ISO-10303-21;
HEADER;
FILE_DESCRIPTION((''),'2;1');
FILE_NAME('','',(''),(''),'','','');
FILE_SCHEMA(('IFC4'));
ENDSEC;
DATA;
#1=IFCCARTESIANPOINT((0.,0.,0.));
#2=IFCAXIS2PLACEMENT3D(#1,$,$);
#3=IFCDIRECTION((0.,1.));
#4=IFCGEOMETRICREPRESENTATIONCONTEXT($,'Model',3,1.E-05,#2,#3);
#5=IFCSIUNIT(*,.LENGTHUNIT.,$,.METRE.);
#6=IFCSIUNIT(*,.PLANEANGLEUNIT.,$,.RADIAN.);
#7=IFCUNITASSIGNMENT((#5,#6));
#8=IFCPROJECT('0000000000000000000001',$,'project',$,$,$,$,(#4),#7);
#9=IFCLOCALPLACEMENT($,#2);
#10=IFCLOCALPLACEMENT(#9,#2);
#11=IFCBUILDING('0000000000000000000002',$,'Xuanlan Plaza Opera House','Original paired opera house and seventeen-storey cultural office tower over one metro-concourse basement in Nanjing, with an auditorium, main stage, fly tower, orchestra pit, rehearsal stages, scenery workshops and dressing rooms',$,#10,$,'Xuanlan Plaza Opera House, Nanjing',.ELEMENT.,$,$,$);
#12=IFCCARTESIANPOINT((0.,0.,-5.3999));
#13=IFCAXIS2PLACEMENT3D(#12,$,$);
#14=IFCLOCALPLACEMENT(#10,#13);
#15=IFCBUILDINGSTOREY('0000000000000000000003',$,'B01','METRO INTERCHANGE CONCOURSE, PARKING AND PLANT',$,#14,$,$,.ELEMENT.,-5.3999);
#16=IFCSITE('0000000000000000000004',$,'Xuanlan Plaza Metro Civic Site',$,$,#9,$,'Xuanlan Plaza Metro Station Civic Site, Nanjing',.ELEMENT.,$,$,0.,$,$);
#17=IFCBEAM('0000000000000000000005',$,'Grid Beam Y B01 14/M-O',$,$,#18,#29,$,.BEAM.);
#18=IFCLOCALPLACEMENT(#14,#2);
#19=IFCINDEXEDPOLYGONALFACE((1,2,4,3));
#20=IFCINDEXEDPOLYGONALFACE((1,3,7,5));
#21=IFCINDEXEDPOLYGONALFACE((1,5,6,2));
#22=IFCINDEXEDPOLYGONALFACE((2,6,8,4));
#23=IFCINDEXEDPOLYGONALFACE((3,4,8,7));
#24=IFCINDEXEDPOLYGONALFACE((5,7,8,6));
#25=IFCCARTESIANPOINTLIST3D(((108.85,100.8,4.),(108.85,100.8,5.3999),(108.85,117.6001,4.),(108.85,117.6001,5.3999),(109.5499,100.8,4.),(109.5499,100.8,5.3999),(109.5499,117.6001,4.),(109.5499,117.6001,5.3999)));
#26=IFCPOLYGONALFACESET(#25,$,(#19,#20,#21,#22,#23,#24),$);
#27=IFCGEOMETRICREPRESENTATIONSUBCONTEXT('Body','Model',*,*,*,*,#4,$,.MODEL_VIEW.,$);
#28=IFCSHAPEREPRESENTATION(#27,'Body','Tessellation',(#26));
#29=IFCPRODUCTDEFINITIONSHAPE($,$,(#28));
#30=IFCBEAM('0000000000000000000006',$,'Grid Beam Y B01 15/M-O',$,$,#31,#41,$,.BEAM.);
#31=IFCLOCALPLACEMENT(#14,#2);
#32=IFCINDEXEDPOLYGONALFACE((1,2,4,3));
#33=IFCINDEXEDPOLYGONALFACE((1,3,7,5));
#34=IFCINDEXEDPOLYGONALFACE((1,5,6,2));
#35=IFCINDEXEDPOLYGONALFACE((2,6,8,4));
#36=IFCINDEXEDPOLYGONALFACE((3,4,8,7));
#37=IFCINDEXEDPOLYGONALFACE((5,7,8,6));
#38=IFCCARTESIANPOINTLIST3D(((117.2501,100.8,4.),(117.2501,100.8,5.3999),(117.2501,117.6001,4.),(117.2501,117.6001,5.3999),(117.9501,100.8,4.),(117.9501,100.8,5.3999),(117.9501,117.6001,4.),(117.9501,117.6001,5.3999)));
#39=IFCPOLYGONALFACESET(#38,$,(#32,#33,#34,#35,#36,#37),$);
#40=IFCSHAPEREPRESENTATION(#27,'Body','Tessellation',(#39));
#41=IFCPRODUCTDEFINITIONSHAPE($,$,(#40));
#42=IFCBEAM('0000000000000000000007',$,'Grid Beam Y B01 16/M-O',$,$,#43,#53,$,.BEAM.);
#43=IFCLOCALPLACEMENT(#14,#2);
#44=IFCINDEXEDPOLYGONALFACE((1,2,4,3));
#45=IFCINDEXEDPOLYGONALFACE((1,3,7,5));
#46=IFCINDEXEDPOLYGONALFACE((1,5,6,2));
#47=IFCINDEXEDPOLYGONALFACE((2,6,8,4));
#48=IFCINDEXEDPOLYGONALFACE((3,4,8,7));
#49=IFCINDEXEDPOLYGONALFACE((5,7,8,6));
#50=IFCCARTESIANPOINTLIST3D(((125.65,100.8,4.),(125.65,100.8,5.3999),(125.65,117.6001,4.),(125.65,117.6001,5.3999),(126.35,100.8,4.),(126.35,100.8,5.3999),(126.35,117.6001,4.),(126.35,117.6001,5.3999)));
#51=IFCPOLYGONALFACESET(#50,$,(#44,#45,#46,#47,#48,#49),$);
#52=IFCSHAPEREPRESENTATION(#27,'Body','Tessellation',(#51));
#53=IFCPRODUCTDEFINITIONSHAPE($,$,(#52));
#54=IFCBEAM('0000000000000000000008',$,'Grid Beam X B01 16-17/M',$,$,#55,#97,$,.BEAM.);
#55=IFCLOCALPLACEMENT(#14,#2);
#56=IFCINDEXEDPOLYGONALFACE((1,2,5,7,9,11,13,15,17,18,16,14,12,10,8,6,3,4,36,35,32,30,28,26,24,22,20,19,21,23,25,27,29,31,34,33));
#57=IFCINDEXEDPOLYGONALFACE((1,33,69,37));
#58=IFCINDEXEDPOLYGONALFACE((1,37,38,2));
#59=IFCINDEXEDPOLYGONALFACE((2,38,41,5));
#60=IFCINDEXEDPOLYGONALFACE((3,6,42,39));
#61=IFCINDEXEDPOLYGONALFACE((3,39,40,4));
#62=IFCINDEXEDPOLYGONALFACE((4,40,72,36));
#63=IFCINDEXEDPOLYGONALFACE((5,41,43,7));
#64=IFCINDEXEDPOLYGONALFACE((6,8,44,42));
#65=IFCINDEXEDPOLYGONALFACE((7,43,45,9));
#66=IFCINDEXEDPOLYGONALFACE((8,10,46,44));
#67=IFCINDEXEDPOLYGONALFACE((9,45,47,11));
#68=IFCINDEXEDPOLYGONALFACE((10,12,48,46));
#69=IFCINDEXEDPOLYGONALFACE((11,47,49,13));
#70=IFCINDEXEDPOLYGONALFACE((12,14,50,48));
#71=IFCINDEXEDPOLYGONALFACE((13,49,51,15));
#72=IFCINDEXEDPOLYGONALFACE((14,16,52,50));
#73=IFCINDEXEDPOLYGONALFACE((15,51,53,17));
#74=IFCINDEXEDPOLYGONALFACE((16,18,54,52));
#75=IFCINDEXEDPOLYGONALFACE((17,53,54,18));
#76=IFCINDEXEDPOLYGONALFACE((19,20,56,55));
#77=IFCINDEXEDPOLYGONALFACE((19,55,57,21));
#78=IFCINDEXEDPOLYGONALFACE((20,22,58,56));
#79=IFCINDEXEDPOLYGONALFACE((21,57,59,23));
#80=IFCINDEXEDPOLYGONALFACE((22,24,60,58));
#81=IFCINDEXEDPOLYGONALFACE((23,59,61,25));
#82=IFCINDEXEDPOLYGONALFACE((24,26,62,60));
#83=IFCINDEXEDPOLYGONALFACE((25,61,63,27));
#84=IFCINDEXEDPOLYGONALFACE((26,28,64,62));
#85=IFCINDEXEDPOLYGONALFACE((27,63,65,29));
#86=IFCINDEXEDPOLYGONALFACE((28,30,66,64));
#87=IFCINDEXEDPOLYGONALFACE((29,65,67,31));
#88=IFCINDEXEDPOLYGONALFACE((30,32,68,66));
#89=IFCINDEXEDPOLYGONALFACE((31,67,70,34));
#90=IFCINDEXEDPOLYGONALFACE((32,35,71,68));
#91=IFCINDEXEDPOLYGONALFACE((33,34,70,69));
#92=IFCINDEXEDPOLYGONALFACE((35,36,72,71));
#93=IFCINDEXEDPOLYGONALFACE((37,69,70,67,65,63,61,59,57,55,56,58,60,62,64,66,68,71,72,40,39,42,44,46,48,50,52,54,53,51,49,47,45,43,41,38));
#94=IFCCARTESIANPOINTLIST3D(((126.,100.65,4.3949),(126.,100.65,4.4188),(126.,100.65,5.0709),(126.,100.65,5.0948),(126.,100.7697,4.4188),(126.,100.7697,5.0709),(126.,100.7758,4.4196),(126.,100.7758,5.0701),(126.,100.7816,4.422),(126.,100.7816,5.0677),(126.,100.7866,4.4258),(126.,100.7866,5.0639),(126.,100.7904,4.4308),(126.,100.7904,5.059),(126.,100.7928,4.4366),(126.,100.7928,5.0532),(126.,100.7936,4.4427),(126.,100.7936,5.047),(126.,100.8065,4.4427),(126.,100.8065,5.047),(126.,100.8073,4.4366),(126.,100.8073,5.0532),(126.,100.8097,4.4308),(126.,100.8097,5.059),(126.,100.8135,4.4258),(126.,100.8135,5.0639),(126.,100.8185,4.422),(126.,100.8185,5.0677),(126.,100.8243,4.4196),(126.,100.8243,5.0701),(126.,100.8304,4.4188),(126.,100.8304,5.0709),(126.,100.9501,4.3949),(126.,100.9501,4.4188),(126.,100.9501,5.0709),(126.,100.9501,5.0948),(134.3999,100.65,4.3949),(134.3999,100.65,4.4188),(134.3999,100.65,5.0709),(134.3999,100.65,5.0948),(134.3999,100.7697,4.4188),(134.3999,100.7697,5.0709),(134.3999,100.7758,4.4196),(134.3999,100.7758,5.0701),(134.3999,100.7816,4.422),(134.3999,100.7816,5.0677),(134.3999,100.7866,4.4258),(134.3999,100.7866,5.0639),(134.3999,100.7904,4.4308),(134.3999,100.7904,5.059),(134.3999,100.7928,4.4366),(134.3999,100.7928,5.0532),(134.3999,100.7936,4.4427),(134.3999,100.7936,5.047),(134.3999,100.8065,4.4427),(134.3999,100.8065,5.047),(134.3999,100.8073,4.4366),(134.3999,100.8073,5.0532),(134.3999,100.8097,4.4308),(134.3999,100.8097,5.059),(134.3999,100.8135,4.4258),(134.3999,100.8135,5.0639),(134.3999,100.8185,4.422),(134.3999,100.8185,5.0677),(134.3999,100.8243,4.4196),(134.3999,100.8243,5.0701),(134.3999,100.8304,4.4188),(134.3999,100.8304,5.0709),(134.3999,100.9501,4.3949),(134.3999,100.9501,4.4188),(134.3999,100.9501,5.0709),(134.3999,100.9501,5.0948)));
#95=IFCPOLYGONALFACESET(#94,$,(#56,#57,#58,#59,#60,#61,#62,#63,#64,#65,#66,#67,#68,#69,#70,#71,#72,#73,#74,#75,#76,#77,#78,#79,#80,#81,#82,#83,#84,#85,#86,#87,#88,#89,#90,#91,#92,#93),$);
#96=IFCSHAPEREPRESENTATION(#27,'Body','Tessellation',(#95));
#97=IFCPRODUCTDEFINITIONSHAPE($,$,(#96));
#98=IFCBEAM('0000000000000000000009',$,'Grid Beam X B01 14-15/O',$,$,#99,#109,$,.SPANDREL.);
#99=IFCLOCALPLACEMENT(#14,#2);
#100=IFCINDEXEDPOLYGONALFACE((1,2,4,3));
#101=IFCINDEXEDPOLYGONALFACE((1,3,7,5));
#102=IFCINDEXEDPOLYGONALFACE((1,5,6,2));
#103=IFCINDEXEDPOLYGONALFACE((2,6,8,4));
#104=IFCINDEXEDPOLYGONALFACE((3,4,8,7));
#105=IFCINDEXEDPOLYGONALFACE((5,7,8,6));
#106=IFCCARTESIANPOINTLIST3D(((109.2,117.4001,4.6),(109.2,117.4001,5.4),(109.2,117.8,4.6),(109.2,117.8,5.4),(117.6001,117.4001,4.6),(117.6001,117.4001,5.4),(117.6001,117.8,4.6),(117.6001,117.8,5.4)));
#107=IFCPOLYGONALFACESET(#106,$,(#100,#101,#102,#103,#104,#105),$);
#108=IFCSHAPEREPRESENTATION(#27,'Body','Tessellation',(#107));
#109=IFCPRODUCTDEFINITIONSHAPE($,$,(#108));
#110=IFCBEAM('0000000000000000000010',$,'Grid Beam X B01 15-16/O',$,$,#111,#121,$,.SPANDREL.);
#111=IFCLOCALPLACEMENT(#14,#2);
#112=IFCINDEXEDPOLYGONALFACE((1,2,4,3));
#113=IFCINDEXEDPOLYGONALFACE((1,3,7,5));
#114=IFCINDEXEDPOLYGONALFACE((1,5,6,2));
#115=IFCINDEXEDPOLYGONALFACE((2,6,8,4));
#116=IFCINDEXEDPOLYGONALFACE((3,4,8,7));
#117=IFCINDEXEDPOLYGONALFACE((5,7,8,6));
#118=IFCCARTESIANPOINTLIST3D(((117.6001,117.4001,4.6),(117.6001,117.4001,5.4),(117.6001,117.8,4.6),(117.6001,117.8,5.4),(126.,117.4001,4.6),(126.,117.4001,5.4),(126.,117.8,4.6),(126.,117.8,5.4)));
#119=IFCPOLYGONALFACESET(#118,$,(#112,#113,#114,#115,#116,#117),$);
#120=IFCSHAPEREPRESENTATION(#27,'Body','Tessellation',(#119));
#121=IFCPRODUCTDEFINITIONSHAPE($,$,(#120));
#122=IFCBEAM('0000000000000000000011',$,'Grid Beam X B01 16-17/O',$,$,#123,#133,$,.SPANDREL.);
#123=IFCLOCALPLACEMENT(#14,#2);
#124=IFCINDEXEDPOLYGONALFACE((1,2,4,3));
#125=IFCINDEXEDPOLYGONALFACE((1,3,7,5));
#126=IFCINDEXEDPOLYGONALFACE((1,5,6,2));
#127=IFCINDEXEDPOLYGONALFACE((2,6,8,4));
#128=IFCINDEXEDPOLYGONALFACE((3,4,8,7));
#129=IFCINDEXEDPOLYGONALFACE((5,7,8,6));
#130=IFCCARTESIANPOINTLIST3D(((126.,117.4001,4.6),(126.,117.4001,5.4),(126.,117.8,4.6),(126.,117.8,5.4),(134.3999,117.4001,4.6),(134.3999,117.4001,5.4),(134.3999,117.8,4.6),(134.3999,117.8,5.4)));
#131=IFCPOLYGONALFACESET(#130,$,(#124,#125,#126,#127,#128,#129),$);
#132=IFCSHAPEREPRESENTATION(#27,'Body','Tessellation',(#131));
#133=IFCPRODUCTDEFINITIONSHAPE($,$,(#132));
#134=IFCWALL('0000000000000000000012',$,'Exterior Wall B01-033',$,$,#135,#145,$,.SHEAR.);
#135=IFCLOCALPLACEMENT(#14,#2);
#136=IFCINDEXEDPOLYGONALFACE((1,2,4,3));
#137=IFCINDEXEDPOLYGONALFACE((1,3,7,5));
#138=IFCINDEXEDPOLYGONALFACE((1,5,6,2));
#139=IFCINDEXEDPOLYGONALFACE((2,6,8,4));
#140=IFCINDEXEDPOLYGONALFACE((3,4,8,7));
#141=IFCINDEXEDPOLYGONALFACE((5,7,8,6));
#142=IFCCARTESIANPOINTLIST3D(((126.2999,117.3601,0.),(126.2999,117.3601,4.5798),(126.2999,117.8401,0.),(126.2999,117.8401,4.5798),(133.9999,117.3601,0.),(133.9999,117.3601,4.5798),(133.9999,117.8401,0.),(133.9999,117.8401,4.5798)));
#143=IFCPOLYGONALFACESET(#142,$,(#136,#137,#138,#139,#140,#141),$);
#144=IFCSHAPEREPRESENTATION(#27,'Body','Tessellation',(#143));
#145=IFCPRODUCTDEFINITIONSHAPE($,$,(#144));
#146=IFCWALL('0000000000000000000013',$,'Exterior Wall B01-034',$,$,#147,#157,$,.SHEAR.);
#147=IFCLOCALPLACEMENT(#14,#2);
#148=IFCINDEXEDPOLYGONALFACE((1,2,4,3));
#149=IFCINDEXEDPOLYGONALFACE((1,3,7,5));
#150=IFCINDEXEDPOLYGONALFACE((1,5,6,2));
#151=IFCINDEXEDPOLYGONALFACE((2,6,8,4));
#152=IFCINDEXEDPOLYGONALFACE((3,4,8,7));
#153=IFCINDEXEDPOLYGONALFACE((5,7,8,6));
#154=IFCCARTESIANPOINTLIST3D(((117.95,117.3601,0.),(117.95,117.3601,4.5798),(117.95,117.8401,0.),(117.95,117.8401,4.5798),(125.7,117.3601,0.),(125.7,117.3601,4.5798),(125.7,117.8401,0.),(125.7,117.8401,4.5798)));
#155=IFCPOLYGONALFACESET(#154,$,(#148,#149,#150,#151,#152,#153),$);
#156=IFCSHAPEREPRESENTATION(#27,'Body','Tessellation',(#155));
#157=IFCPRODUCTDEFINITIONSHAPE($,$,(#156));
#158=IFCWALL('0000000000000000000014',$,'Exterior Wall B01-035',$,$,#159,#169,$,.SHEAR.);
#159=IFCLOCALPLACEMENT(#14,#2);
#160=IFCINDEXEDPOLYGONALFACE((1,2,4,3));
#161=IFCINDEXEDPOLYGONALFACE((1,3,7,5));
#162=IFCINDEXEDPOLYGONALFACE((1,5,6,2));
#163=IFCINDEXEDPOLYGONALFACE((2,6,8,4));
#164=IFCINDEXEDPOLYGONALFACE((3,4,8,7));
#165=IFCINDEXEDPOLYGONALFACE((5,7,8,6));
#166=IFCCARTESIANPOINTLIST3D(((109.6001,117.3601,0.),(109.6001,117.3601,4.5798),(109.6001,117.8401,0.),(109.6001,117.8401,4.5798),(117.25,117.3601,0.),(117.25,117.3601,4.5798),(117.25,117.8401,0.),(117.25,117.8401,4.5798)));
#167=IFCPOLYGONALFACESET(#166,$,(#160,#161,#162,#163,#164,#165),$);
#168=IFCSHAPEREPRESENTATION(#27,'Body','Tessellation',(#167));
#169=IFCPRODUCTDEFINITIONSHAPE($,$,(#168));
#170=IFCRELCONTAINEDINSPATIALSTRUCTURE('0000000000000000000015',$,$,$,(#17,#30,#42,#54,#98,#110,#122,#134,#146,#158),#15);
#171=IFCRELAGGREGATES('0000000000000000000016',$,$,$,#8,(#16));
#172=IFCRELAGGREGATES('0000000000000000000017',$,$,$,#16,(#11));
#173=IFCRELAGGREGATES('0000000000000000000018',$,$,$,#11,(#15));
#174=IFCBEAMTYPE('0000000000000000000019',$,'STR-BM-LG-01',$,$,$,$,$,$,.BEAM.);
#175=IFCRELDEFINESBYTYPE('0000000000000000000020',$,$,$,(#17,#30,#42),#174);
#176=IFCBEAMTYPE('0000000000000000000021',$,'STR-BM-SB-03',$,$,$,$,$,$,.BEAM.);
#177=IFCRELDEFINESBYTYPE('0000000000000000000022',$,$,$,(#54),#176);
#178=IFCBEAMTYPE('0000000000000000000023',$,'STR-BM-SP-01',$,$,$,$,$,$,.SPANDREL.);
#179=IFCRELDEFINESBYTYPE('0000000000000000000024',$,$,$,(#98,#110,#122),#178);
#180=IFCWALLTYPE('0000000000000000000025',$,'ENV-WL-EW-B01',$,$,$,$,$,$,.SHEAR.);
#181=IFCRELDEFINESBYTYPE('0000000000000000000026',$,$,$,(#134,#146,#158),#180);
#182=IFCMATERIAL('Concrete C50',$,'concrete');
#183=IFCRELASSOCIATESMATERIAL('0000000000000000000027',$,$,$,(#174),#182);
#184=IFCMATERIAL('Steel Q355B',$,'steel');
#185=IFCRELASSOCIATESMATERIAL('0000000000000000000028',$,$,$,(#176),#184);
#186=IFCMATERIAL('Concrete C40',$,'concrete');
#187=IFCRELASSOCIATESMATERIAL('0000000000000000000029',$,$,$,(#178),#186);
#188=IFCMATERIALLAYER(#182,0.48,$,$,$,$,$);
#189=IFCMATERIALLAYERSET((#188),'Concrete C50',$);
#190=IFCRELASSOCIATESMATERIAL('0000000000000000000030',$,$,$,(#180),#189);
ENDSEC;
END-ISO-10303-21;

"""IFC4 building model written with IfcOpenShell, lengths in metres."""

from ifc_helpers import new_model, si_unit, direction, frame, frame_2d, origin, origin_2d, place, context, subcontext, project, spatial, rectangle, i_section, extrude, material, layer, layer_set, material_profile, profile_set, type_object, element, save


model = new_model("IFC4")

# Units and contexts
model_context = context("Model", 3, precision=1e-05, world=origin(), true_north=direction((0.0, 1.0)))
body_context = subcontext(model_context, "Body", "Model", "MODEL_VIEW")
ifc_project = project(units=[si_unit("LENGTHUNIT", "METRE"), si_unit("PLANEANGLEUNIT", "RADIAN")], contexts=[model_context])

# Site, building, storey
site_placement = place(None, origin())
site = spatial("IfcSite", under=ifc_project, at=site_placement, Name="Xuanlan Plaza Metro Civic Site", LongName="Xuanlan Plaza Metro Station Civic Site, Nanjing", CompositionType="ELEMENT", RefElevation=0.0)
building_placement = place(site_placement, origin())
building = spatial("IfcBuilding", under=site, at=building_placement, Name="Xuanlan Plaza Opera House", Description="Original paired opera house and seventeen-storey cultural office tower over one metro-concourse basement in Nanjing, with an auditorium, main stage, fly tower, orchestra pit, rehearsal stages, scenery workshops and dressing rooms", LongName="Xuanlan Plaza Opera House, Nanjing", CompositionType="ELEMENT")
storey_placement = place(building_placement, frame((0.0, 0.0, -5.3999)))
storey = spatial("IfcBuildingStorey", under=building, at=storey_placement, Name="B01", Description="METRO INTERCHANGE CONCOURSE, PARKING AND PLANT", CompositionType="ELEMENT", Elevation=-5.3999)

# Shared definitions
ifc_material_1 = material(Name="Concrete C40", Category="concrete")
ifc_material_2 = material(Name="Concrete C50", Category="concrete")

# Beams
ifc_material_profile_1 = material_profile(ifc_material_2, rectangle(XDim=0.7, YDim=1.3999, at=origin_2d()), Name="RC-LG 700x1400")
ifc_profile_set_1 = profile_set([ifc_material_profile_1], Name="Concrete C50")
beam_type_1 = type_object("IfcBeamType", Name="STR-BM-LG-01", PredefinedType="BEAM", material=ifc_profile_set_1)
for number, where, z_axis, x_axis, name in (
    (1, (109.2, 100.8, 4.7), (0.0, 1.0, 0.0), (-1.0, 0.0, 0.0), "Grid Beam Y B01 14/M-O"),
    (2, (117.6001, 100.8, 4.7), (0.0, 1.0, 0.0), (-1.0, 0.0, 0.0), "Grid Beam Y B01 15/M-O"),
    (3, (126.0, 100.8, 4.7), (0.0, 1.0, 0.0), (-1.0, 0.0, 0.0), "Grid Beam Y B01 16/M-O"),
):
    element("IfcBeam", number, at=place(storey_placement, frame(where, z_axis=z_axis, x_axis=x_axis)), inside=storey, type_object=beam_type_1, Name=name, PredefinedType="BEAM", context=body_context, shape_type="SweptSolid", body=[
        extrude(rectangle(XDim=0.7, YDim=1.3999, at=origin_2d()), origin(), (0.0, 0.0, 1.0), 16.8),
    ])
ifc_material_3 = material(Name="Steel Q355B", Category="steel")
ifc_material_profile_2 = material_profile(ifc_material_3, i_section(OverallWidth=0.3, OverallDepth=0.7, WebThickness=0.0129, FlangeThickness=0.0239, FilletRadius=0.0239, at=origin_2d()), Name="HN 700x300x13x24")
ifc_profile_set_2 = profile_set([ifc_material_profile_2], Name="Steel Q355B")
beam_type_2 = type_object("IfcBeamType", Name="STR-BM-SB-03", PredefinedType="BEAM", material=ifc_profile_set_2)
beam_1_placement = place(storey_placement, frame((126.0, 100.8, 4.7449), z_axis=(1.0, 0.0, 0.0), x_axis=(0.0, 1.0, 0.0)))
element("IfcBeam", 4, at=beam_1_placement, inside=storey, type_object=beam_type_2, Name="Grid Beam X B01 16-17/M", PredefinedType="BEAM", context=body_context, shape_type="SweptSolid", body=[
    extrude(i_section(OverallWidth=0.3, OverallDepth=0.7, WebThickness=0.0129, FlangeThickness=0.0239, FilletRadius=0.0239, at=origin_2d()), origin(), (0.0, 0.0, 1.0), 8.3999),
])
ifc_material_profile_3 = material_profile(ifc_material_1, rectangle(XDim=0.3999, YDim=0.8, at=origin_2d()), Name="RC-SPD 400x800")
ifc_profile_set_3 = profile_set([ifc_material_profile_3], Name="Concrete C40")
beam_type_3 = type_object("IfcBeamType", Name="STR-BM-SP-01", PredefinedType="SPANDREL", material=ifc_profile_set_3)
beam_2_placement = place(storey_placement, frame((109.2, 117.6001, 5.0), z_axis=(1.0, 0.0, 0.0), x_axis=(0.0, 1.0, 0.0)))
element("IfcBeam", 5, at=beam_2_placement, inside=storey, type_object=beam_type_3, Name="Grid Beam X B01 14-15/O", PredefinedType="SPANDREL", context=body_context, shape_type="SweptSolid", body=[
    extrude(rectangle(XDim=0.3999, YDim=0.8, at=origin_2d()), origin(), (0.0, 0.0, 1.0), 8.4001),
])
for number, where, z_axis, x_axis, name in (
    (6, (117.6001, 117.6001, 5.0), (1.0, 0.0, 0.0), (0.0, 1.0, 0.0), "Grid Beam X B01 15-16/O"),
    (7, (126.0, 117.6001, 5.0), (1.0, 0.0, 0.0), (0.0, 1.0, 0.0), "Grid Beam X B01 16-17/O"),
):
    element("IfcBeam", number, at=place(storey_placement, frame(where, z_axis=z_axis, x_axis=x_axis)), inside=storey, type_object=beam_type_3, Name=name, PredefinedType="SPANDREL", context=body_context, shape_type="SweptSolid", body=[
        extrude(rectangle(XDim=0.3999, YDim=0.8, at=origin_2d()), origin(), (0.0, 0.0, 1.0), 8.3999),
    ])

# Walls
ifc_layer = layer(ifc_material_2, 0.48)
ifc_layer_set = layer_set([ifc_layer], Name="Concrete C50")
wall_type = type_object("IfcWallType", Name="ENV-WL-EW-B01", PredefinedType="SHEAR", material=ifc_layer_set)
wall_1_placement = place(storey_placement, frame((134.0, 117.6001, 0.0), z_axis=(0.0, 0.0, 1.0), x_axis=(-1.0, 0.0, 0.0)))
element("IfcWall", 8, at=wall_1_placement, inside=storey, type_object=wall_type, Name="Exterior Wall B01-033", PredefinedType="SHEAR", context=body_context, shape_type="SweptSolid", body=[
    extrude(rectangle(XDim=7.7, YDim=0.48, at=frame_2d((3.8501, 0.0))), origin(), (0.0, 0.0, 1.0), 4.5798),
])
wall_2_placement = place(storey_placement, frame((125.7, 117.6001, 0.0), z_axis=(0.0, 0.0, 1.0), x_axis=(-1.0, 0.0, 0.0)))
element("IfcWall", 9, at=wall_2_placement, inside=storey, type_object=wall_type, Name="Exterior Wall B01-034", PredefinedType="SHEAR", context=body_context, shape_type="SweptSolid", body=[
    extrude(rectangle(XDim=7.75, YDim=0.48, at=frame_2d((3.875, 0.0))), origin(), (0.0, 0.0, 1.0), 4.5798),
])
wall_3_placement = place(storey_placement, frame((117.25, 117.6001, 0.0), z_axis=(0.0, 0.0, 1.0), x_axis=(-1.0, 0.0, 0.0)))
element("IfcWall", 10, at=wall_3_placement, inside=storey, type_object=wall_type, Name="Exterior Wall B01-035", PredefinedType="SHEAR", context=body_context, shape_type="SweptSolid", body=[
    extrude(rectangle(XDim=7.6499, YDim=0.48, at=frame_2d((3.825, 0.0))), origin(), (0.0, 0.0, 1.0), 4.5798),
])

save(model, "model.ifc")
